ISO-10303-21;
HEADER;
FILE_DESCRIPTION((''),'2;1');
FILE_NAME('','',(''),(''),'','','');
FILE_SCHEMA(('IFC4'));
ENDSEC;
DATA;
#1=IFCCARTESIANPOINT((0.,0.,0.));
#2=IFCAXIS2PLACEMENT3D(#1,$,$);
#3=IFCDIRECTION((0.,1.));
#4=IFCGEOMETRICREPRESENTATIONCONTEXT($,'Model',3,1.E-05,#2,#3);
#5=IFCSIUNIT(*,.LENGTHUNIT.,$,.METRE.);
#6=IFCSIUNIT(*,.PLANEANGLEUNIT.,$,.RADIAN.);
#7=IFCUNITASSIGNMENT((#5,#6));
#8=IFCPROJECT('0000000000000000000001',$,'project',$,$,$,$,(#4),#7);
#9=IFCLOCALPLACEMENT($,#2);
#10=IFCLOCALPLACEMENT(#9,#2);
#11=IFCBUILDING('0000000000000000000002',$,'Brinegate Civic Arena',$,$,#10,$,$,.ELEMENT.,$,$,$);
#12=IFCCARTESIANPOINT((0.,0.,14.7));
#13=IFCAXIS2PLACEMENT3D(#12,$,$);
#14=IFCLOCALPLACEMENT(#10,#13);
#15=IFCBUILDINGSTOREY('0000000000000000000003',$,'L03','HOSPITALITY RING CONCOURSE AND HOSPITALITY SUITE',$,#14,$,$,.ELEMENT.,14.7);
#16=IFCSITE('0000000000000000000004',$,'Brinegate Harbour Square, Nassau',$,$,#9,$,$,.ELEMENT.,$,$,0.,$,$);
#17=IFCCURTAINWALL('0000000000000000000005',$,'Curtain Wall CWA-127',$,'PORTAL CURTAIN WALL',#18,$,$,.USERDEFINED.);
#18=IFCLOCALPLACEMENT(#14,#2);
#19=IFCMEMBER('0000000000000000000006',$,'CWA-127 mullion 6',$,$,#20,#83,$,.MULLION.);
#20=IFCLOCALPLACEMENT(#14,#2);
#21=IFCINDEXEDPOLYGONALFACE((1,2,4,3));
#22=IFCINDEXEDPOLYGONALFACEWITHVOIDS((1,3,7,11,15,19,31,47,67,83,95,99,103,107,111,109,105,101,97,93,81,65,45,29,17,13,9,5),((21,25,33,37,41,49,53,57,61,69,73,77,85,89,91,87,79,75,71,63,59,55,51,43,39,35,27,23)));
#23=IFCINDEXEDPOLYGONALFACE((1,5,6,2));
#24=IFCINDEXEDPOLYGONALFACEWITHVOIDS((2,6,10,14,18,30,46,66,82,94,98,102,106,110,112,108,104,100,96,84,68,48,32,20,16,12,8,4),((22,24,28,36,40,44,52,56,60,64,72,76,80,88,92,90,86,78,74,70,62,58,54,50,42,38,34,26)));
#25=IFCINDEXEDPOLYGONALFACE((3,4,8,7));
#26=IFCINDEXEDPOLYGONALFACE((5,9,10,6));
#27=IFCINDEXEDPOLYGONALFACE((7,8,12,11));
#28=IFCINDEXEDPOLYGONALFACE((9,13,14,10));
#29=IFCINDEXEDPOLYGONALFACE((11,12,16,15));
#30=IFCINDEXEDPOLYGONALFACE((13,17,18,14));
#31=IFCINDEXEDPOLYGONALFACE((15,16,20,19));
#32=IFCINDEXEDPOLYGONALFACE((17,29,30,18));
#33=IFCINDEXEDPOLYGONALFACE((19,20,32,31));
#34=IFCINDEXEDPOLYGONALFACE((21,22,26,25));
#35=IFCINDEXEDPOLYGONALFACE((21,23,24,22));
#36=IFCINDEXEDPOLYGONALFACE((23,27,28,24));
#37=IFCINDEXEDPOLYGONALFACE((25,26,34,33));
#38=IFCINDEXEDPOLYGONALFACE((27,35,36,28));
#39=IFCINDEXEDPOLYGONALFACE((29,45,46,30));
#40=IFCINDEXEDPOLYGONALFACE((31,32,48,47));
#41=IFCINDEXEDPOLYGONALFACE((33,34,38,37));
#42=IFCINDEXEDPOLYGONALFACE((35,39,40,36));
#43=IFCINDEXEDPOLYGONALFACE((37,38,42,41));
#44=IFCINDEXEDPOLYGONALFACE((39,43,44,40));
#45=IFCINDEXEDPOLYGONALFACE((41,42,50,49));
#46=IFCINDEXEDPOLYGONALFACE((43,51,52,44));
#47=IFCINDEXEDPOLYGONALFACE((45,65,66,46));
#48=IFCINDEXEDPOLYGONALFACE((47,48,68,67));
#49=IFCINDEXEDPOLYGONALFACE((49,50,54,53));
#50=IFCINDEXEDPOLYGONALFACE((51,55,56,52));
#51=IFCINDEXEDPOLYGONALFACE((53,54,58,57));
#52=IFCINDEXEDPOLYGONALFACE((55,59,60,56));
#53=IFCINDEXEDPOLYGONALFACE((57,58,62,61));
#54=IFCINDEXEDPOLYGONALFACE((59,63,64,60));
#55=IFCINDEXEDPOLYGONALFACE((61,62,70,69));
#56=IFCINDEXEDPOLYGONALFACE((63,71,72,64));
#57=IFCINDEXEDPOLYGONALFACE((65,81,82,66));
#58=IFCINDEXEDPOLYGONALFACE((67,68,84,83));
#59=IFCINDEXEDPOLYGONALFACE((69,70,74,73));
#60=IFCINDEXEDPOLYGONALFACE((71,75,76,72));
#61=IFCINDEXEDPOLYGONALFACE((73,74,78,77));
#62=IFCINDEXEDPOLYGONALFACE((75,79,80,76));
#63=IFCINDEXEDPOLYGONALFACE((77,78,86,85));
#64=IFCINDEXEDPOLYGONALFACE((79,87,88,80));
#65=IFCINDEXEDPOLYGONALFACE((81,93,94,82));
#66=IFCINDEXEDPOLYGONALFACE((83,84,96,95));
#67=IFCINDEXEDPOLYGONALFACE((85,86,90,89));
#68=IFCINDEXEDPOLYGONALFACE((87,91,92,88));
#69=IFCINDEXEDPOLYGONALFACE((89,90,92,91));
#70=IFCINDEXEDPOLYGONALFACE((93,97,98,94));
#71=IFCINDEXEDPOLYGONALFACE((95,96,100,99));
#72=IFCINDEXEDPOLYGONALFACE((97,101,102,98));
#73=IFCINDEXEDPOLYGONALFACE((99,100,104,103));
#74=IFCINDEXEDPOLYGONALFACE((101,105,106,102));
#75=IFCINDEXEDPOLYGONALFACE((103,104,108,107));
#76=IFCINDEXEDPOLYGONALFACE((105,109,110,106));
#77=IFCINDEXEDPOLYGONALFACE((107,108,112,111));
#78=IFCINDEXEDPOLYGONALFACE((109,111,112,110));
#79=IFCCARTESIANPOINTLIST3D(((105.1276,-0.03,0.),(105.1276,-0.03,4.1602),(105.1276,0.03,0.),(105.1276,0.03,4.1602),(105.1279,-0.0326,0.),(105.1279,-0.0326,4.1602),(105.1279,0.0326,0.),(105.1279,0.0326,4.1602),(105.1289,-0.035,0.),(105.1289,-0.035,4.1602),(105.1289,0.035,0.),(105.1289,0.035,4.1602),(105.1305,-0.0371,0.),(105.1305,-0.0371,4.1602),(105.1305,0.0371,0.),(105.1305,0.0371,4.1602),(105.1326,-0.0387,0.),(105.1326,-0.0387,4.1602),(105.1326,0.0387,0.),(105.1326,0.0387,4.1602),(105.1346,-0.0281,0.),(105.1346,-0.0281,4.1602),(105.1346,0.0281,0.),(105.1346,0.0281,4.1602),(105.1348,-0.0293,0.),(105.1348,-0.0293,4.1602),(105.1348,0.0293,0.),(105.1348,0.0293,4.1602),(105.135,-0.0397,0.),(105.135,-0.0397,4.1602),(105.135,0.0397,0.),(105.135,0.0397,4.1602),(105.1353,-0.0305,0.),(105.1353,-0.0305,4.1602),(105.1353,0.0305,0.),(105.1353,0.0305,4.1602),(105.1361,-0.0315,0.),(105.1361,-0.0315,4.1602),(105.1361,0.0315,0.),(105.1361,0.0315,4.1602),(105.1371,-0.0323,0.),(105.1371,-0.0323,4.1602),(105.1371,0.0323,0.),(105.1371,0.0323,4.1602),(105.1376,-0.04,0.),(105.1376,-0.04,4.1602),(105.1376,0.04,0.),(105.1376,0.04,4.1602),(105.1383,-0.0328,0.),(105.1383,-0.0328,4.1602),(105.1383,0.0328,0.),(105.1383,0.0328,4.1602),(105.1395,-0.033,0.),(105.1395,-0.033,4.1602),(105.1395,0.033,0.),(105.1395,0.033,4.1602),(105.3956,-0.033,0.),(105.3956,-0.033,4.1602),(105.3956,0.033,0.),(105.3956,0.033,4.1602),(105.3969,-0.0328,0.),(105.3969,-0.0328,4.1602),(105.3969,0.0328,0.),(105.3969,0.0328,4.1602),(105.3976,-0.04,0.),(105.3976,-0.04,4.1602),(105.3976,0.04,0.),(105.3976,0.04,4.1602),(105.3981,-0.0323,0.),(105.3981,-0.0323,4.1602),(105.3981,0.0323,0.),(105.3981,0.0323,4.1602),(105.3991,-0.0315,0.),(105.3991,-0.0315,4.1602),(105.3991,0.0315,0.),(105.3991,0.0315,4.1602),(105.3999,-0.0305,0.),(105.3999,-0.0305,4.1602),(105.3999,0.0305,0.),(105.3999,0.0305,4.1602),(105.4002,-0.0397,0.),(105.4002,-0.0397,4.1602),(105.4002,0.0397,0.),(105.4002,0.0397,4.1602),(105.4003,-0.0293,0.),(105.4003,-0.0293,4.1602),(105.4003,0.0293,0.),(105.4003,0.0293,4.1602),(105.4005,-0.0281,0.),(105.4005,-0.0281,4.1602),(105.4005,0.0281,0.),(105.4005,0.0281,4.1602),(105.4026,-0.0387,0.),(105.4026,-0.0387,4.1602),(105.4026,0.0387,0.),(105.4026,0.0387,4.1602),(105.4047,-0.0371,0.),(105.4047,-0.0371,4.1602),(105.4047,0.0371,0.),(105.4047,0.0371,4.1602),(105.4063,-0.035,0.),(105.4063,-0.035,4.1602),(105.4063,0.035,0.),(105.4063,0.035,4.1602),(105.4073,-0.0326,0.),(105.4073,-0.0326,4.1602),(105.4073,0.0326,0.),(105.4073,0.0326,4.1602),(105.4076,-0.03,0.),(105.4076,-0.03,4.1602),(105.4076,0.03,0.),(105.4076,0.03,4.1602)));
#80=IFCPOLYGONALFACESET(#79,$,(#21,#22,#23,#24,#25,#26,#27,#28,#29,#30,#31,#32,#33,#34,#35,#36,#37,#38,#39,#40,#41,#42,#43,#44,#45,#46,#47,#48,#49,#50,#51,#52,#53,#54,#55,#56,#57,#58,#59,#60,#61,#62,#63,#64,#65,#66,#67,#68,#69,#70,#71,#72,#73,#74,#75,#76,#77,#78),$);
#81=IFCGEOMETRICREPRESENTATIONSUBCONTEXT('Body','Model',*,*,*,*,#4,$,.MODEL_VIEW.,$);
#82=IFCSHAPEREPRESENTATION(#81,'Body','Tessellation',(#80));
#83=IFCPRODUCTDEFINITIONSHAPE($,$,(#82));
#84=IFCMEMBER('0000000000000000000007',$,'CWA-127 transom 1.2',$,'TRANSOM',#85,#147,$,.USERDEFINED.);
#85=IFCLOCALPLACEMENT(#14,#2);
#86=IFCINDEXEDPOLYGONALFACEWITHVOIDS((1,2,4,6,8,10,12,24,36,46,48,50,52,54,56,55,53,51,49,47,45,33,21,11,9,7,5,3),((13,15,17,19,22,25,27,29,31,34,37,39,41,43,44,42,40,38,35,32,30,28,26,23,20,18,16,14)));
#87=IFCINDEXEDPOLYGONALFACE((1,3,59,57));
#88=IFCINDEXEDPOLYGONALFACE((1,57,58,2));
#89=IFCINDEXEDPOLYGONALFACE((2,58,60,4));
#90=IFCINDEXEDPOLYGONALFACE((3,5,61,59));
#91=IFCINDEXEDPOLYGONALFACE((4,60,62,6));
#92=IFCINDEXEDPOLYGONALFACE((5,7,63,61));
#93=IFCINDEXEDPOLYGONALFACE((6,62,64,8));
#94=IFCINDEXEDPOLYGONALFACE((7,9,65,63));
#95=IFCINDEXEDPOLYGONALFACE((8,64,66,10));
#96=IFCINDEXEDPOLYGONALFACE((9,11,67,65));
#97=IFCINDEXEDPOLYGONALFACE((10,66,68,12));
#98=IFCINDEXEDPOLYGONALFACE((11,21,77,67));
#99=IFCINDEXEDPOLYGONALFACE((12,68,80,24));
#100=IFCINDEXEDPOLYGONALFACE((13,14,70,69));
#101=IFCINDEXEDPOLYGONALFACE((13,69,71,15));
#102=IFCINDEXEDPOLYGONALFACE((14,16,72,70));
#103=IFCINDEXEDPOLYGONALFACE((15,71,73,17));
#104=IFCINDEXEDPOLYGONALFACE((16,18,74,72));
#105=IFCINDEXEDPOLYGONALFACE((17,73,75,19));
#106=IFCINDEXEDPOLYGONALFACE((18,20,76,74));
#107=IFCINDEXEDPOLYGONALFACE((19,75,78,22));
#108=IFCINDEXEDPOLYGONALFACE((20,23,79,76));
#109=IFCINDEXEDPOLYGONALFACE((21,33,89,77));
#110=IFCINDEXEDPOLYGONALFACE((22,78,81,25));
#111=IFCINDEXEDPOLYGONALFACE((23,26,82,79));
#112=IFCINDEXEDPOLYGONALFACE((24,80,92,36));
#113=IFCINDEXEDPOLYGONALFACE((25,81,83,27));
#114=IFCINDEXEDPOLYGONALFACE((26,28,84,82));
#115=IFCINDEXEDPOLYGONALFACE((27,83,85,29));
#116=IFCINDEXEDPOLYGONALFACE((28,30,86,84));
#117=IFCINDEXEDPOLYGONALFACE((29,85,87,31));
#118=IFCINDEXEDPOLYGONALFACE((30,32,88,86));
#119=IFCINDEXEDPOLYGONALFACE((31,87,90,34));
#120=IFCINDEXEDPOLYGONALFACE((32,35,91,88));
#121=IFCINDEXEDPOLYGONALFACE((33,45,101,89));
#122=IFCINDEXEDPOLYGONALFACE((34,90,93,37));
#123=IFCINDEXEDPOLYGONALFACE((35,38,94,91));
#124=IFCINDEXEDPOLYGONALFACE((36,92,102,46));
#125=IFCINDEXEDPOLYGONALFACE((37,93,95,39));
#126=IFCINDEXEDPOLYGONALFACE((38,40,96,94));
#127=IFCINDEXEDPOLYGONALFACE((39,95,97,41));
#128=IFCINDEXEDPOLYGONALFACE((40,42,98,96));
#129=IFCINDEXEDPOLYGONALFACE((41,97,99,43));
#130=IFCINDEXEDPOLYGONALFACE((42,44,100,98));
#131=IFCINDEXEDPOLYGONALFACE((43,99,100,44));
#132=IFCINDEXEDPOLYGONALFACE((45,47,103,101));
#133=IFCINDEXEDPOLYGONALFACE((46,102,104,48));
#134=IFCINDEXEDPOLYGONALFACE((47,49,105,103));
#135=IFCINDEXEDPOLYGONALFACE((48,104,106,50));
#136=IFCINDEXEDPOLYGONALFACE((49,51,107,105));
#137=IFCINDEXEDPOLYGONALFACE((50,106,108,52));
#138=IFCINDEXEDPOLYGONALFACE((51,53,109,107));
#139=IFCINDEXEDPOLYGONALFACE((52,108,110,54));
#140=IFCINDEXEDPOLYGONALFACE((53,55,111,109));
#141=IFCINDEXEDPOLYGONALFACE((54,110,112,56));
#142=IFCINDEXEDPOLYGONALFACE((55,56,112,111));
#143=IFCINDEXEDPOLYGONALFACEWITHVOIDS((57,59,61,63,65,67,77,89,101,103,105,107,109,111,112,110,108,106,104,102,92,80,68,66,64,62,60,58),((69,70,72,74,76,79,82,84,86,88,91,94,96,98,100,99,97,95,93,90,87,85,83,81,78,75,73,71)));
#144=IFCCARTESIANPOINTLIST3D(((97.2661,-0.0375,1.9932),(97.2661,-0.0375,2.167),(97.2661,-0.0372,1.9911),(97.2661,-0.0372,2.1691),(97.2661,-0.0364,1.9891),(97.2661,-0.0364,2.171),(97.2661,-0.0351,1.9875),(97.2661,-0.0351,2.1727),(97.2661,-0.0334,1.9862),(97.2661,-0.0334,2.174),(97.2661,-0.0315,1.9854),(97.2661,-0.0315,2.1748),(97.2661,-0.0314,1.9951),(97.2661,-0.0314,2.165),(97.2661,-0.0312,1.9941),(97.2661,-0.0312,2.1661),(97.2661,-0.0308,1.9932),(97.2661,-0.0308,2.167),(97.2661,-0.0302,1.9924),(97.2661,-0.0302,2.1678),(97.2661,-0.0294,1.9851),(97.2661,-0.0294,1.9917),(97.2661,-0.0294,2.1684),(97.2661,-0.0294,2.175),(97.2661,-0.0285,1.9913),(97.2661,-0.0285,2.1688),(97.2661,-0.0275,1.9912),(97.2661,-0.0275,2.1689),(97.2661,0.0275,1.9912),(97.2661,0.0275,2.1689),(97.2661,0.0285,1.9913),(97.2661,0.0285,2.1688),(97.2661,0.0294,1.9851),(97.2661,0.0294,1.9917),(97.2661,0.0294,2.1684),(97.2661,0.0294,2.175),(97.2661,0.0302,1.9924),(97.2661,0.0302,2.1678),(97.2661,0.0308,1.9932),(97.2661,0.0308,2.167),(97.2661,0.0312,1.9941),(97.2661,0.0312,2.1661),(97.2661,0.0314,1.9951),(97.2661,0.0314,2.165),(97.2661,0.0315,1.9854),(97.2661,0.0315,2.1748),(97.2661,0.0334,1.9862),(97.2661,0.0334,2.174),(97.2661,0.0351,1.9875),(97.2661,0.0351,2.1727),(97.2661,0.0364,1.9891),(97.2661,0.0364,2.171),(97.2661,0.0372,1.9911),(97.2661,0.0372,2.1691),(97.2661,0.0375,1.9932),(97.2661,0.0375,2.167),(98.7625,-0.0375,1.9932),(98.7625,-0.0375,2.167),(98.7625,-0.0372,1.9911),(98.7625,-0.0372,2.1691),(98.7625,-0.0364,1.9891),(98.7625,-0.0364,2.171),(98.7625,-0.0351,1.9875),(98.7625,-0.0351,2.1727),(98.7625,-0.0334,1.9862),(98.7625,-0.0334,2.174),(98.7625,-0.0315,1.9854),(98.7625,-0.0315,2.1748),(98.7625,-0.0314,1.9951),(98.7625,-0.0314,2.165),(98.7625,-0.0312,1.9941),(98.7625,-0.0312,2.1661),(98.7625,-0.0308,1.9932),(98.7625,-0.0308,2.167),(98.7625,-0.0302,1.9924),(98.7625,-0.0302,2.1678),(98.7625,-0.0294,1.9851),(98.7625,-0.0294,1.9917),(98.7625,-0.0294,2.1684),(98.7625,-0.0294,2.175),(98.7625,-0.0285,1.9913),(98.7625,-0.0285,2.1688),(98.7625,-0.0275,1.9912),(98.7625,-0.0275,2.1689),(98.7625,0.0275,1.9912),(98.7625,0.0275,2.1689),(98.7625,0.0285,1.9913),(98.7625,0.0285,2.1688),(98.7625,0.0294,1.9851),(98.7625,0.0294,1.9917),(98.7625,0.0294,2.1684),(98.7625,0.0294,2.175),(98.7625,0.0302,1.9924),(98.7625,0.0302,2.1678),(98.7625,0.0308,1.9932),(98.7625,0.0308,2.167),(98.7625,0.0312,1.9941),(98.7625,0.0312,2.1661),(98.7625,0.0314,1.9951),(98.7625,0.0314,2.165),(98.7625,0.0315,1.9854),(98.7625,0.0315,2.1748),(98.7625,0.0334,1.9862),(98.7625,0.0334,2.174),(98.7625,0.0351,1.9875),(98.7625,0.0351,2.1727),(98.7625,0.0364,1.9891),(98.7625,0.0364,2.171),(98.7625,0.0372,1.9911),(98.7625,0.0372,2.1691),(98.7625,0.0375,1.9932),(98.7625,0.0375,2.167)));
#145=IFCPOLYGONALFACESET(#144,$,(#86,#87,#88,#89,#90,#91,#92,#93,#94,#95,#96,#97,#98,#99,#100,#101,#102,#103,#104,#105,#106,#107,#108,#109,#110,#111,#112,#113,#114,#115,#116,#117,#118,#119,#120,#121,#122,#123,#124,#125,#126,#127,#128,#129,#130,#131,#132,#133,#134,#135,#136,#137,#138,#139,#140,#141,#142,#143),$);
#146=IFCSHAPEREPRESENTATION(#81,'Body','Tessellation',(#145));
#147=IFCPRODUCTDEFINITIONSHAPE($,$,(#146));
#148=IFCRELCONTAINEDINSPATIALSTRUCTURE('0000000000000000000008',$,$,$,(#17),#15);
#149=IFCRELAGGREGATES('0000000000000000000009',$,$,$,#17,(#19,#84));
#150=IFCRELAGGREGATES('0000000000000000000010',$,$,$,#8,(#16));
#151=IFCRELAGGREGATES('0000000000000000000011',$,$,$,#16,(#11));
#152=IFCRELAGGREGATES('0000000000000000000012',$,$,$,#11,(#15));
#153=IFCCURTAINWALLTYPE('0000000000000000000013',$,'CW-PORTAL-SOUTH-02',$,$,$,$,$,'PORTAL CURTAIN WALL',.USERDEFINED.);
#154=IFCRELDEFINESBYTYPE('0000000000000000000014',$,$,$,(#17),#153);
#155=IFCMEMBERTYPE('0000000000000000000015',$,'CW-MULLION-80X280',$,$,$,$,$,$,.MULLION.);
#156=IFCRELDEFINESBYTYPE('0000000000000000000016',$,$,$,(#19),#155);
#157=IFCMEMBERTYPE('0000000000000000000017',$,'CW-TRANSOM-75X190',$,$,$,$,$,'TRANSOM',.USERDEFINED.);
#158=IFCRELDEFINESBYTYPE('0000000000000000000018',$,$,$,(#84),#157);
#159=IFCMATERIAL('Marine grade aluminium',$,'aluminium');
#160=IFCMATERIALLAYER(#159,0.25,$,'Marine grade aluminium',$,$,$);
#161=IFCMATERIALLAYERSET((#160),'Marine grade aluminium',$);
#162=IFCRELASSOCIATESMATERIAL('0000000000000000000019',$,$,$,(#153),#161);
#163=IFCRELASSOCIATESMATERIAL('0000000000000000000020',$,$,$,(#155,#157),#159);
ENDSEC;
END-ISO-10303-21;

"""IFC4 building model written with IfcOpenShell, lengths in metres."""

from ifc_helpers import new_model, si_unit, direction, frame, origin, origin_2d, place, context, subcontext, project, spatial, hollow_rectangle, extrude, material, layer, layer_set, material_profile, profile_set, type_object, element, aggregate, save


model = new_model("IFC4")

# Units and contexts
model_context = context("Model", 3, precision=1e-05, world=origin(), true_north=direction((0.0, 1.0)))
body_context = subcontext(model_context, "Body", "Model", "MODEL_VIEW")
ifc_project = project(units=[si_unit("LENGTHUNIT", "METRE"), si_unit("PLANEANGLEUNIT", "RADIAN")], contexts=[model_context])

# Site, building, storey
site_placement = place(None, origin())
site = spatial("IfcSite", under=ifc_project, at=site_placement, Name="Brinegate Harbour Square, Nassau", CompositionType="ELEMENT", RefElevation=0.0)
building_placement = place(site_placement, origin())
building = spatial("IfcBuilding", under=site, at=building_placement, Name="Brinegate Civic Arena", CompositionType="ELEMENT")
storey_placement = place(building_placement, frame((0.0, 0.0, 14.7)))
storey = spatial("IfcBuildingStorey", under=building, at=storey_placement, Name="L03", Description="HOSPITALITY RING CONCOURSE AND HOSPITALITY SUITE", CompositionType="ELEMENT", Elevation=14.7)

# Curtain wall, members
ifc_material_1 = material(Name="Marine grade aluminium", Category="aluminium")
ifc_layer_1 = layer(ifc_material_1, 0.25, Name="Marine grade aluminium")
ifc_layer_set_1 = layer_set([ifc_layer_1], Name="Marine grade aluminium")
curtain_wall_type = type_object("IfcCurtainWallType", Name="CW-PORTAL-SOUTH-02", ElementType="PORTAL CURTAIN WALL", PredefinedType="USERDEFINED", material=ifc_layer_set_1)
curtain_wall_placement = place(storey_placement, origin())
curtain_wall = element("IfcCurtainWall", 1, at=curtain_wall_placement, inside=storey, type_object=curtain_wall_type, Name="Curtain Wall CWA-127", ObjectType="PORTAL CURTAIN WALL", PredefinedType="USERDEFINED")
ifc_material_profile_1 = material_profile(ifc_material_1, hollow_rectangle(XDim=0.0801, YDim=0.28, WallThickness=0.0071, InnerFilletRadius=0.0049, OuterFilletRadius=0.01, at=origin_2d()), Name="MUL80X280")
ifc_profile_set_1 = profile_set([ifc_material_profile_1], Name="Marine grade aluminium")
member_type_1 = type_object("IfcMemberType", Name="CW-MULLION-80X280", PredefinedType="MULLION", material=ifc_profile_set_1)
member_1_placement = place(storey_placement, frame((105.2676, 0.0, 0.0), z_axis=(0.0, 0.0, 1.0), x_axis=(0.0, 1.0, 0.0)))
member_1 = element("IfcMember", 2, at=member_1_placement, type_object=member_type_1, Name="CWA-127 mullion 6", PredefinedType="MULLION", context=body_context, shape_type="SweptSolid", body=[
    extrude(hollow_rectangle(XDim=0.0801, YDim=0.28, WallThickness=0.0071, InnerFilletRadius=0.0049, OuterFilletRadius=0.01, at=origin_2d()), origin(), (0.0, 0.0, 1.0), 4.1602),
])
ifc_material_profile_2 = material_profile(ifc_material_1, hollow_rectangle(XDim=0.075, YDim=0.1899, WallThickness=0.0061, InnerFilletRadius=0.0039, OuterFilletRadius=0.0081, at=origin_2d()), Name="TRN75X190")
ifc_profile_set_2 = profile_set([ifc_material_profile_2], Name="Marine grade aluminium")
member_type_2 = type_object("IfcMemberType", Name="CW-TRANSOM-75X190", ElementType="TRANSOM", PredefinedType="USERDEFINED", material=ifc_profile_set_2)
member_2_placement = place(storey_placement, frame((97.2661, 0.0, 2.0801), z_axis=(1.0, 0.0, 0.0), x_axis=(0.0, 1.0, 0.0)))
member_2 = element("IfcMember", 3, at=member_2_placement, type_object=member_type_2, Name="CWA-127 transom 1.2", ObjectType="TRANSOM", PredefinedType="USERDEFINED", context=body_context, shape_type="SweptSolid", body=[
    extrude(hollow_rectangle(XDim=0.075, YDim=0.1899, WallThickness=0.0061, InnerFilletRadius=0.0039, OuterFilletRadius=0.0081, at=origin_2d()), origin(), (0.0, 0.0, 1.0), 1.4963),
])
aggregate(curtain_wall, [member_1, member_2])

save(model, "model.ifc")
